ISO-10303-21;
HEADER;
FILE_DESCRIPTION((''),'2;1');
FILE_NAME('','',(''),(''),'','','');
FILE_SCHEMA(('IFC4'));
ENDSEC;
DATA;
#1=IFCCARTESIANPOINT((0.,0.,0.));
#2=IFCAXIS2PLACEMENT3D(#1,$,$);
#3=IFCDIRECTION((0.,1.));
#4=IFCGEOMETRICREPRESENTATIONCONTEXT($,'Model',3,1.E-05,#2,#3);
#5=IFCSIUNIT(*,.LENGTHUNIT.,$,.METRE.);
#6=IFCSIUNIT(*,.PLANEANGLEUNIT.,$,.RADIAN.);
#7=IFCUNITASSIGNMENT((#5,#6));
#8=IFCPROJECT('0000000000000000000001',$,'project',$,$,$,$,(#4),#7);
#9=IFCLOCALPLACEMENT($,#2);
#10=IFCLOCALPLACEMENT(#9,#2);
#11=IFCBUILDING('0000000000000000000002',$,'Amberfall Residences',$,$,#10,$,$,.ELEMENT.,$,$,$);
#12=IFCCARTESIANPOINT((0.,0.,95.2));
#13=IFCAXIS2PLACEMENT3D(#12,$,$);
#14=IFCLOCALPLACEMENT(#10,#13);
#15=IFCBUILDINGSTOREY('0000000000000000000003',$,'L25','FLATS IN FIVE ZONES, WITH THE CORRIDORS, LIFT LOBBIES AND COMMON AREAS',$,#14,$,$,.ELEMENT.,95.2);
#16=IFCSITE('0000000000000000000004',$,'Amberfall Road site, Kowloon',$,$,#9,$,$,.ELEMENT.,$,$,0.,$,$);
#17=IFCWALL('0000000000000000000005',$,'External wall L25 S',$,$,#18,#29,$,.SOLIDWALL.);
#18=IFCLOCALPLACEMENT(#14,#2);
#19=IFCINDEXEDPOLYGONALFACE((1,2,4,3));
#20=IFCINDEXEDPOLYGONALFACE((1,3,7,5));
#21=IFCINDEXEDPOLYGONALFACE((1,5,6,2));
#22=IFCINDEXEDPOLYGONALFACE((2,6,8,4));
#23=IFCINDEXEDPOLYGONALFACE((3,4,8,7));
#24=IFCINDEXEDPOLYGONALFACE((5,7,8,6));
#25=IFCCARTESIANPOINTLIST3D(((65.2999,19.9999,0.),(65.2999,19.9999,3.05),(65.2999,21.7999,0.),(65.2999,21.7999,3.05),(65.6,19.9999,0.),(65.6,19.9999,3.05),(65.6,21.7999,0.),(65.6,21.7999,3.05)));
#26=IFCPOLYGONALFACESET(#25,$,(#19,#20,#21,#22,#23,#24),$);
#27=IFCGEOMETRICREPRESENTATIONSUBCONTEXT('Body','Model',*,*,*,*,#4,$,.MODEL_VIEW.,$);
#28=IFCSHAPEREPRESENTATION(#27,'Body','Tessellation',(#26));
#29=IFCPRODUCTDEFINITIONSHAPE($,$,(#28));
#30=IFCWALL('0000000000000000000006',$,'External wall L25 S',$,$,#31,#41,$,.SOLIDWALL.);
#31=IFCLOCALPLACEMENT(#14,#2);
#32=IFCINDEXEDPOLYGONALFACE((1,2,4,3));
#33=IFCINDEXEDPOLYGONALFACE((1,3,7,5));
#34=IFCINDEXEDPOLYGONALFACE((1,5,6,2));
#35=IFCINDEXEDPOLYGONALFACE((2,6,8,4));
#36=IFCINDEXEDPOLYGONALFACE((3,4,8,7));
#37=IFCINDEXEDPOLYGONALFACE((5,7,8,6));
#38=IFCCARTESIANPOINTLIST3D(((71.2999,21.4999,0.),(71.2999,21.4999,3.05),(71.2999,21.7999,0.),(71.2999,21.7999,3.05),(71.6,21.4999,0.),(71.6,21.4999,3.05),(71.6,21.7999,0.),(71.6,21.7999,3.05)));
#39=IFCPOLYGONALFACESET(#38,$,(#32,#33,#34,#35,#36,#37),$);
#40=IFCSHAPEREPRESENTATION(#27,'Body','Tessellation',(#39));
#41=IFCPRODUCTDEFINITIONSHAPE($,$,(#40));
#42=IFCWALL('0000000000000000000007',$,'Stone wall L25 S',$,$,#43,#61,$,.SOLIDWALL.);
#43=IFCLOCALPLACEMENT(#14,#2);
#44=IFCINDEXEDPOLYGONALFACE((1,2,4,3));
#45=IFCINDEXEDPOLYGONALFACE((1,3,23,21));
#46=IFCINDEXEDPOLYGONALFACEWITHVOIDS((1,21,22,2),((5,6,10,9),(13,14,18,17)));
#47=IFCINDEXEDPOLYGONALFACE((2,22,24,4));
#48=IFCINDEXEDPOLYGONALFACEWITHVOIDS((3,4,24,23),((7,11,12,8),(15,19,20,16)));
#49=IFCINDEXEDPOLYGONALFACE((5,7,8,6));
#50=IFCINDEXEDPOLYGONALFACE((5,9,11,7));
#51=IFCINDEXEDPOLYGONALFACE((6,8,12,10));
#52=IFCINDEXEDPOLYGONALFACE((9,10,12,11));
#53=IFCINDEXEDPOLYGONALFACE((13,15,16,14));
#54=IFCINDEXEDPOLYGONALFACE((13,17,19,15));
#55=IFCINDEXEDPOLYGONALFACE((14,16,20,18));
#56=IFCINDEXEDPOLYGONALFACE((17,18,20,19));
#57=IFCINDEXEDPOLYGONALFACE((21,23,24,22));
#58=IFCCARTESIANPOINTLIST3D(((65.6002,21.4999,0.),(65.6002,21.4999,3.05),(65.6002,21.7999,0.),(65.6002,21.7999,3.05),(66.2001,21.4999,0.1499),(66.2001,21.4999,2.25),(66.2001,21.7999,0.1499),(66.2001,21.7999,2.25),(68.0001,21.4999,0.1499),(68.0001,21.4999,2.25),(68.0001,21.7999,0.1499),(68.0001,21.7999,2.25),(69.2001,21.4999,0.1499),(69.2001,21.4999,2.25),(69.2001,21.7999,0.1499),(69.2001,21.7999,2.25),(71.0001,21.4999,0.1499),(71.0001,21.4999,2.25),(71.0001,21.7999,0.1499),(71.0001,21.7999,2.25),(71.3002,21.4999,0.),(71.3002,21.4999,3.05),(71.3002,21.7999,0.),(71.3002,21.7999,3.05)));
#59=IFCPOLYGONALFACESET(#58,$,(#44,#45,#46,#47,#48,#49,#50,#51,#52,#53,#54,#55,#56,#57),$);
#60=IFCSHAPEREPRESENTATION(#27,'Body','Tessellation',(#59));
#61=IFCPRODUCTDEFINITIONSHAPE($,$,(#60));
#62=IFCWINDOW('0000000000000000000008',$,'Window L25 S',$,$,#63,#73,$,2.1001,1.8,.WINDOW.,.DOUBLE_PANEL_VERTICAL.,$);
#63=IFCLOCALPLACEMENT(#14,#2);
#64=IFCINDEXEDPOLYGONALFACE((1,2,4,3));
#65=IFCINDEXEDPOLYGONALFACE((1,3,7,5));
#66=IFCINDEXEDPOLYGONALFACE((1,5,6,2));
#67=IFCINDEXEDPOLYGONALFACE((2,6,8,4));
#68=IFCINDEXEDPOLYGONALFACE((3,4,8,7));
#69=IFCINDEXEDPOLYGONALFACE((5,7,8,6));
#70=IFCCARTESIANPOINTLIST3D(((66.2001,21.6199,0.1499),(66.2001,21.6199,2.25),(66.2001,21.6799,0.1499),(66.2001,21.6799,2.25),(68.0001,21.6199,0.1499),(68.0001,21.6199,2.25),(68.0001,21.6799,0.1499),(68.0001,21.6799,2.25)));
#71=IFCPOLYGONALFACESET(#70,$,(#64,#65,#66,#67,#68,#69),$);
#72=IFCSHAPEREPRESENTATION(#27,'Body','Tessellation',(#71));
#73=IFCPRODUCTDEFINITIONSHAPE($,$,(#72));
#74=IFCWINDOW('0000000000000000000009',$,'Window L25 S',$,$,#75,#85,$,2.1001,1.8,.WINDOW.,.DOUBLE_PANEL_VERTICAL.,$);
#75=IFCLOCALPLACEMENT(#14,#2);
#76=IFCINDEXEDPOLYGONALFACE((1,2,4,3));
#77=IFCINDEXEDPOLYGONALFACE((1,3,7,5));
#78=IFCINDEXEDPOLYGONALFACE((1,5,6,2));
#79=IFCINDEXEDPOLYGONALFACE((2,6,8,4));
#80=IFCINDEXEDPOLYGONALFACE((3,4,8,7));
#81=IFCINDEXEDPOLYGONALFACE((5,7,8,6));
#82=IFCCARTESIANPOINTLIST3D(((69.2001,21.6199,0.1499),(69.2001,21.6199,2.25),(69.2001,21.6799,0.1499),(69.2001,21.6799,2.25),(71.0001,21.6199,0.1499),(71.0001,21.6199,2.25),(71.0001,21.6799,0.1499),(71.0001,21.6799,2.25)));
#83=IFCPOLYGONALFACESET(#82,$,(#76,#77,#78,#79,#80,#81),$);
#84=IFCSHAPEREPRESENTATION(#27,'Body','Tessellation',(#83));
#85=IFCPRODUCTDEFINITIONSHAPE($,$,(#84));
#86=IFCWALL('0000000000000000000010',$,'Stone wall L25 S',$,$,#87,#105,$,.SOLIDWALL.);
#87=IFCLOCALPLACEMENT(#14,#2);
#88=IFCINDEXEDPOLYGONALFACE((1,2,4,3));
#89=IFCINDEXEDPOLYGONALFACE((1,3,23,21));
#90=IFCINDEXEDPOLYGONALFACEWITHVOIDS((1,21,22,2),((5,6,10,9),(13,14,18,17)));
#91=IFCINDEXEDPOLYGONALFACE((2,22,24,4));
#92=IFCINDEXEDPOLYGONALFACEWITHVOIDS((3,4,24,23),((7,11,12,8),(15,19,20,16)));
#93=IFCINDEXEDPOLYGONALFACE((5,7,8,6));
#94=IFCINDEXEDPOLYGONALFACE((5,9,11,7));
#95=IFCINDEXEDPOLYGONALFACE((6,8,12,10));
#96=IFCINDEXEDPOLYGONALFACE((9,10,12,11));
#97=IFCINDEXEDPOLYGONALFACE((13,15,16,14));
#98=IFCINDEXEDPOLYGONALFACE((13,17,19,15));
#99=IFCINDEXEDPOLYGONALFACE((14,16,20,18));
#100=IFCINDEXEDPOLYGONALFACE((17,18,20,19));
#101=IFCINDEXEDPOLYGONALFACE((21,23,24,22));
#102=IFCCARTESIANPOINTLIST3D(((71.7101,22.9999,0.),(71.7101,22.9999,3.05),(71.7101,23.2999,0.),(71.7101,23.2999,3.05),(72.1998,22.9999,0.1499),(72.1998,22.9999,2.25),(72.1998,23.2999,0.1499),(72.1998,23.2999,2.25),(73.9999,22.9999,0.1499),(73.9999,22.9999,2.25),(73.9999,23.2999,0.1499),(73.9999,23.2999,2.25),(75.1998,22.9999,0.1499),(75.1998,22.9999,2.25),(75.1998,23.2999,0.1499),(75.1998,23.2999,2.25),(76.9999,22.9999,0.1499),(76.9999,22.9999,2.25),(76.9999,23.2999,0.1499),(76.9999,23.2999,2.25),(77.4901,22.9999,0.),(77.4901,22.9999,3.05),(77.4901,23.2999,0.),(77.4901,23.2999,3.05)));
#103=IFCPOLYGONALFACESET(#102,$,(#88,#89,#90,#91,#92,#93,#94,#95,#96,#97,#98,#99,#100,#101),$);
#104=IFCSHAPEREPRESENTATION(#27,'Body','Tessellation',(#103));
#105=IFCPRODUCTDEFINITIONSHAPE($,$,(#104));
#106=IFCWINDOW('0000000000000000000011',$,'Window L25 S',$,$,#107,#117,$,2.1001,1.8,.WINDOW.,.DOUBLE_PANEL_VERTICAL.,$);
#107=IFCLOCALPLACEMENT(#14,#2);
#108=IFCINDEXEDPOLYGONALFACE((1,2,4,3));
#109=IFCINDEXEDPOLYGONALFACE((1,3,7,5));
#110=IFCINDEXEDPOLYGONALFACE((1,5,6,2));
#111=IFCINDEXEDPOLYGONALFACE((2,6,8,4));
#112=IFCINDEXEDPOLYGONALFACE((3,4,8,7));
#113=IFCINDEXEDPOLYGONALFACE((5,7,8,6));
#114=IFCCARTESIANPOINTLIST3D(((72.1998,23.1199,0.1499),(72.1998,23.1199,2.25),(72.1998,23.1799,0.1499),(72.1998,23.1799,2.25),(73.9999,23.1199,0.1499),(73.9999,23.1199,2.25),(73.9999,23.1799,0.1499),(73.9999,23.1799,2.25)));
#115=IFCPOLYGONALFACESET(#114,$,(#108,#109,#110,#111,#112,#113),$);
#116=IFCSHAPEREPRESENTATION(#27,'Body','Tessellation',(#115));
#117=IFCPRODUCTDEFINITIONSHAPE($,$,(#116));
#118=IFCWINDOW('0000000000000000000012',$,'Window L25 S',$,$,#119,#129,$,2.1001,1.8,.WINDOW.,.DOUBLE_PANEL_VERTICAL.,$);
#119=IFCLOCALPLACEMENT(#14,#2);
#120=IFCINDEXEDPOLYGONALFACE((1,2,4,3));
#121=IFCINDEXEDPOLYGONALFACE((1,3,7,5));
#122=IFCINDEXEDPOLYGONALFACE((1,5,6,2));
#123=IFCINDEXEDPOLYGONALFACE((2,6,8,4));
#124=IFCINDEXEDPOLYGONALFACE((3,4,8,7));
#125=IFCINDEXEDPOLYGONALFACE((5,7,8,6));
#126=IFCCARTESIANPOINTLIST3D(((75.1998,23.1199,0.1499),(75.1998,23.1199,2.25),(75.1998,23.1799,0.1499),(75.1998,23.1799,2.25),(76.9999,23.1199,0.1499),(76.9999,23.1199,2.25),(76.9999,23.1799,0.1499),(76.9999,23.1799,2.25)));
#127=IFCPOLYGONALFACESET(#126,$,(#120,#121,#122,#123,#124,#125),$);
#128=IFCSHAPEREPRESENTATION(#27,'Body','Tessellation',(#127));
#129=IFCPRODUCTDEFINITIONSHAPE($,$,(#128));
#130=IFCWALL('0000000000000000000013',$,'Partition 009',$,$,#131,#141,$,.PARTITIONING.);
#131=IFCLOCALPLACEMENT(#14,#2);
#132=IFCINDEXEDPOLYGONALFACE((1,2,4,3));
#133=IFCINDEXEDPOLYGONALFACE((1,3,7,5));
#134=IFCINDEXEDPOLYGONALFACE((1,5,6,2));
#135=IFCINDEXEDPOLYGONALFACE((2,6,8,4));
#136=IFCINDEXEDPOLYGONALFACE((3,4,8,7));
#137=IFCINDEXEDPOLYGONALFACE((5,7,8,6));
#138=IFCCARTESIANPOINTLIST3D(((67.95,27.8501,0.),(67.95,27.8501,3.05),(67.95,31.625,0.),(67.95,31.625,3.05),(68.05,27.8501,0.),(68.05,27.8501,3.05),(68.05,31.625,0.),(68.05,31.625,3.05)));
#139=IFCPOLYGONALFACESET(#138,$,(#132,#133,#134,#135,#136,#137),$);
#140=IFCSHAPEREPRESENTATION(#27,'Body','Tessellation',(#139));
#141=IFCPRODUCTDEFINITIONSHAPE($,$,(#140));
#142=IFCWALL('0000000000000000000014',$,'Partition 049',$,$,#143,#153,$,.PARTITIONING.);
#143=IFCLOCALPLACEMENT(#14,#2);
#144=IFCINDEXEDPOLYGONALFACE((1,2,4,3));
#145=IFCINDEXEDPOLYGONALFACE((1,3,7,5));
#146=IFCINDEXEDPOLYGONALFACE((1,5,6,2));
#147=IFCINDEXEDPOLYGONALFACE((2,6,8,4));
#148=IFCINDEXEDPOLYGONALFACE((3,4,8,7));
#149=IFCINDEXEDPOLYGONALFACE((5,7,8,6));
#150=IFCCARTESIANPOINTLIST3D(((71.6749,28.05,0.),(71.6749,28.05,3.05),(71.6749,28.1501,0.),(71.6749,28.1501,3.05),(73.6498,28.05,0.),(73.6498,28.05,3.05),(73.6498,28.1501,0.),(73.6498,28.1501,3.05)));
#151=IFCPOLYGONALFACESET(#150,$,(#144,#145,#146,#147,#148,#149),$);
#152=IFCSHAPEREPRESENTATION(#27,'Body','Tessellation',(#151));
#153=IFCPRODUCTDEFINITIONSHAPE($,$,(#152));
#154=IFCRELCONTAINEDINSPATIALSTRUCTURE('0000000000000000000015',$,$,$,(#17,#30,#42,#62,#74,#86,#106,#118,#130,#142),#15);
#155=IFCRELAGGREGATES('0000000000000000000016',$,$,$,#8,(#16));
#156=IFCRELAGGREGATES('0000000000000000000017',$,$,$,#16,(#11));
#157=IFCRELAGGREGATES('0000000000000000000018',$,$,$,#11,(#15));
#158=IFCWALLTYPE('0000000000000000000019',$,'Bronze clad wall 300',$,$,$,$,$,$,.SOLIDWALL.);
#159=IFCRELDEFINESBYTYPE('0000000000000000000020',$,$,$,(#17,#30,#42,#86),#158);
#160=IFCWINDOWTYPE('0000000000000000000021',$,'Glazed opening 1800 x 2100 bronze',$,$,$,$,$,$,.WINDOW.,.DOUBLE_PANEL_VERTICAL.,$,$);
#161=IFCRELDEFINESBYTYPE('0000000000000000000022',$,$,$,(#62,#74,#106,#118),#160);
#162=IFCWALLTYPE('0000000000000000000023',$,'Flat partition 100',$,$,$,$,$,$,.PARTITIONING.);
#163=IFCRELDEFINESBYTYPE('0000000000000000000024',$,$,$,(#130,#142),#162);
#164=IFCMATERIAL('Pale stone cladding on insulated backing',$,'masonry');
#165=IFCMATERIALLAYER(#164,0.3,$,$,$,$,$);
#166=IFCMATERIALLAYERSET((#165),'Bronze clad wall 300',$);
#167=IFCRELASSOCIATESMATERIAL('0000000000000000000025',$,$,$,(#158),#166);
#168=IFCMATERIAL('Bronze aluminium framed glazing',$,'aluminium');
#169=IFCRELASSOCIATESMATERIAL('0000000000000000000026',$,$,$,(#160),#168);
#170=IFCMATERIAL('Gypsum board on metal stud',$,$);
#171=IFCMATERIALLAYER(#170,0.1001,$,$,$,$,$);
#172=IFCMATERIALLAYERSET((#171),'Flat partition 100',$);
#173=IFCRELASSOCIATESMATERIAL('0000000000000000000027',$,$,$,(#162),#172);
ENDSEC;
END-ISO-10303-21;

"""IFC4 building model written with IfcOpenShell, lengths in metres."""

from ifc_helpers import new_model, si_unit, direction, frame, frame_2d, origin, place, context, subcontext, project, spatial, rectangle, extrude, material, layer, layer_set, type_object, element, fill, save


model = new_model("IFC4")

# Units and contexts
model_context = context("Model", 3, precision=1e-05, world=origin(), true_north=direction((0.0, 1.0)))
body_context = subcontext(model_context, "Body", "Model", "MODEL_VIEW")
ifc_project = project(units=[si_unit("LENGTHUNIT", "METRE"), si_unit("PLANEANGLEUNIT", "RADIAN")], contexts=[model_context])

# Site, building, storey
site_placement = place(None, origin())
site = spatial("IfcSite", under=ifc_project, at=site_placement, Name="Amberfall Road site, Kowloon", CompositionType="ELEMENT", RefElevation=0.0)
building_placement = place(site_placement, origin())
building = spatial("IfcBuilding", under=site, at=building_placement, Name="Amberfall Residences", CompositionType="ELEMENT")
storey_placement = place(building_placement, frame((0.0, 0.0, 95.2)))
storey = spatial("IfcBuildingStorey", under=building, at=storey_placement, Name="L25", Description="FLATS IN FIVE ZONES, WITH THE CORRIDORS, LIFT LOBBIES AND COMMON AREAS", CompositionType="ELEMENT", Elevation=95.2)

# Walls
ifc_material_1 = material(Name="Pale stone cladding on insulated backing", Category="masonry")
ifc_layer_1 = layer(ifc_material_1, 0.3)
ifc_layer_set_1 = layer_set([ifc_layer_1], Name="Bronze clad wall 300")
wall_type_1 = type_object("IfcWallType", Name="Bronze clad wall 300", PredefinedType="SOLIDWALL", material=ifc_layer_set_1)
wall_1_placement = place(storey_placement, frame((65.45, 20.0, 0.0), z_axis=(0.0, 0.0, 1.0), x_axis=(0.0, 1.0, 0.0)))
element("IfcWall", 1, at=wall_1_placement, inside=storey, type_object=wall_type_1, Name="External wall L25 S", PredefinedType="SOLIDWALL", context=body_context, shape_type="SweptSolid", body=[
    extrude(rectangle(XDim=1.8, YDim=0.3, at=frame_2d((0.8999, 0.0))), origin(), (0.0, 0.0, 1.0), 3.05),
])
wall_2_placement = place(storey_placement, frame((71.45, 21.5, 0.0), z_axis=(0.0, 0.0, 1.0), x_axis=(0.0, 1.0, 0.0)))
element("IfcWall", 2, at=wall_2_placement, inside=storey, type_object=wall_type_1, Name="External wall L25 S", PredefinedType="SOLIDWALL", context=body_context, shape_type="SweptSolid", body=[
    extrude(rectangle(XDim=0.3, YDim=0.3, at=frame_2d((0.1499, 0.0))), origin(), (0.0, 0.0, 1.0), 3.05),
])

# Walls, openings, windows
wall_3_placement = place(storey_placement, frame((65.6001, 21.6499, 0.0), z_axis=(0.0, 0.0, 1.0), x_axis=(1.0, 0.0, 0.0)))
wall_3 = element("IfcWall", 3, at=wall_3_placement, inside=storey, type_object=wall_type_1, Name="Stone wall L25 S", PredefinedType="SOLIDWALL", context=body_context, shape_type="SweptSolid", body=[
    extrude(rectangle(XDim=5.7, YDim=0.3, at=frame_2d((2.8501, 0.0))), origin(), (0.0, 0.0, 1.0), 3.05),
])
opening_1_placement = place(wall_3_placement, frame((0.6001, 0.0, 0.1499)))
opening_1 = element("IfcOpeningElement", 4, at=opening_1_placement, cuts=wall_3, PredefinedType="OPENING", context=body_context, shape_type="SweptSolid", body=[
    extrude(rectangle(XDim=1.8, YDim=2.1001, at=frame_2d((0.8999, 1.05))), frame((0.0, 0.1599, 0.0), z_axis=(0.0, -1.0, 0.0), x_axis=(1.0, 0.0, 0.0)), (0.0, 0.0, 1.0), 0.3201),
])
opening_2_placement = place(wall_3_placement, frame((3.6001, 0.0, 0.1499)))
opening_2 = element("IfcOpeningElement", 5, at=opening_2_placement, cuts=wall_3, PredefinedType="OPENING", context=body_context, shape_type="SweptSolid", body=[
    extrude(rectangle(XDim=1.8, YDim=2.1001, at=frame_2d((0.8999, 1.05))), frame((0.0, 0.1599, 0.0), z_axis=(0.0, -1.0, 0.0), x_axis=(1.0, 0.0, 0.0)), (0.0, 0.0, 1.0), 0.3201),
])
ifc_material_2 = material(Name="Bronze aluminium framed glazing", Category="aluminium")
window_type = type_object("IfcWindowType", Name="Glazed opening 1800 x 2100 bronze", PartitioningType="DOUBLE_PANEL_VERTICAL", PredefinedType="WINDOW", material=ifc_material_2)
window_1_placement = place(opening_1_placement, origin())
window_1 = element("IfcWindow", 6, at=window_1_placement, inside=storey, type_object=window_type, Name="Window L25 S", OverallHeight=2.1001, OverallWidth=1.8, PartitioningType="DOUBLE_PANEL_VERTICAL", PredefinedType="WINDOW", context=body_context, shape_type="SweptSolid", body=[
    extrude(rectangle(XDim=1.8, YDim=2.1001, at=frame_2d((0.8999, 1.05))), frame((0.0, 0.03, 0.0), z_axis=(0.0, -1.0, 0.0), x_axis=(1.0, 0.0, 0.0)), (0.0, 0.0, 1.0), 0.0601),
])
fill(opening_1, window_1)
window_2_placement = place(opening_2_placement, origin())
window_2 = element("IfcWindow", 7, at=window_2_placement, inside=storey, type_object=window_type, Name="Window L25 S", OverallHeight=2.1001, OverallWidth=1.8, PartitioningType="DOUBLE_PANEL_VERTICAL", PredefinedType="WINDOW", context=body_context, shape_type="SweptSolid", body=[
    extrude(rectangle(XDim=1.8, YDim=2.1001, at=frame_2d((0.8999, 1.05))), frame((0.0, 0.03, 0.0), z_axis=(0.0, -1.0, 0.0), x_axis=(1.0, 0.0, 0.0)), (0.0, 0.0, 1.0), 0.0601),
])
fill(opening_2, window_2)
wall_4_placement = place(storey_placement, frame((71.71, 23.1499, 0.0), z_axis=(0.0, 0.0, 1.0), x_axis=(1.0, 0.0, 0.0)))
wall_4 = element("IfcWall", 8, at=wall_4_placement, inside=storey, type_object=wall_type_1, Name="Stone wall L25 S", PredefinedType="SOLIDWALL", context=body_context, shape_type="SweptSolid", body=[
    extrude(rectangle(XDim=5.78, YDim=0.3, at=frame_2d((2.8901, 0.0))), origin(), (0.0, 0.0, 1.0), 3.05),
])
opening_3_placement = place(wall_4_placement, frame((0.49, 0.0, 0.1499)))
opening_3 = element("IfcOpeningElement", 9, at=opening_3_placement, cuts=wall_4, PredefinedType="OPENING", context=body_context, shape_type="SweptSolid", body=[
    extrude(rectangle(XDim=1.8, YDim=2.1001, at=frame_2d((0.8999, 1.05))), frame((0.0, 0.1599, 0.0), z_axis=(0.0, -1.0, 0.0), x_axis=(1.0, 0.0, 0.0)), (0.0, 0.0, 1.0), 0.3201),
])
opening_4_placement = place(wall_4_placement, frame((3.49, 0.0, 0.1499)))
opening_4 = element("IfcOpeningElement", 10, at=opening_4_placement, cuts=wall_4, PredefinedType="OPENING", context=body_context, shape_type="SweptSolid", body=[
    extrude(rectangle(XDim=1.8, YDim=2.1001, at=frame_2d((0.8999, 1.05))), frame((0.0, 0.1599, 0.0), z_axis=(0.0, -1.0, 0.0), x_axis=(1.0, 0.0, 0.0)), (0.0, 0.0, 1.0), 0.3201),
])
window_3_placement = place(opening_3_placement, origin())
window_3 = element("IfcWindow", 11, at=window_3_placement, inside=storey, type_object=window_type, Name="Window L25 S", OverallHeight=2.1001, OverallWidth=1.8, PartitioningType="DOUBLE_PANEL_VERTICAL", PredefinedType="WINDOW", context=body_context, shape_type="SweptSolid", body=[
    extrude(rectangle(XDim=1.8, YDim=2.1001, at=frame_2d((0.8999, 1.05))), frame((0.0, 0.03, 0.0), z_axis=(0.0, -1.0, 0.0), x_axis=(1.0, 0.0, 0.0)), (0.0, 0.0, 1.0), 0.0601),
])
fill(opening_3, window_3)
window_4_placement = place(opening_4_placement, origin())
window_4 = element("IfcWindow", 12, at=window_4_placement, inside=storey, type_object=window_type, Name="Window L25 S", OverallHeight=2.1001, OverallWidth=1.8, PartitioningType="DOUBLE_PANEL_VERTICAL", PredefinedType="WINDOW", context=body_context, shape_type="SweptSolid", body=[
    extrude(rectangle(XDim=1.8, YDim=2.1001, at=frame_2d((0.8999, 1.05))), frame((0.0, 0.03, 0.0), z_axis=(0.0, -1.0, 0.0), x_axis=(1.0, 0.0, 0.0)), (0.0, 0.0, 1.0), 0.0601),
])
fill(opening_4, window_4)

# Walls
ifc_material_3 = material(Name="Gypsum board on metal stud")
ifc_layer_2 = layer(ifc_material_3, 0.1001)
ifc_layer_set_2 = layer_set([ifc_layer_2], Name="Flat partition 100")
wall_type_2 = type_object("IfcWallType", Name="Flat partition 100", PredefinedType="PARTITIONING", material=ifc_layer_set_2)
wall_5_placement = place(storey_placement, frame((68.0, 27.8501, 0.0), z_axis=(0.0, 0.0, 1.0), x_axis=(0.0, 1.0, 0.0)))
element("IfcWall", 13, at=wall_5_placement, inside=storey, type_object=wall_type_2, Name="Partition 009", PredefinedType="PARTITIONING", context=body_context, shape_type="SweptSolid", body=[
    extrude(rectangle(XDim=3.7749, YDim=0.1001, at=frame_2d((1.8875, 0.0))), origin(), (0.0, 0.0, 1.0), 3.05),
])
wall_6_placement = place(storey_placement, frame((71.675, 28.1001, 0.0), z_axis=(0.0, 0.0, 1.0), x_axis=(1.0, 0.0, 0.0)))
element("IfcWall", 14, at=wall_6_placement, inside=storey, type_object=wall_type_2, Name="Partition 049", PredefinedType="PARTITIONING", context=body_context, shape_type="SweptSolid", body=[
    extrude(rectangle(XDim=1.9749, YDim=0.1001, at=frame_2d((0.9873, 0.0))), origin(), (0.0, 0.0, 1.0), 3.05),
])

save(model, "model.ifc")
